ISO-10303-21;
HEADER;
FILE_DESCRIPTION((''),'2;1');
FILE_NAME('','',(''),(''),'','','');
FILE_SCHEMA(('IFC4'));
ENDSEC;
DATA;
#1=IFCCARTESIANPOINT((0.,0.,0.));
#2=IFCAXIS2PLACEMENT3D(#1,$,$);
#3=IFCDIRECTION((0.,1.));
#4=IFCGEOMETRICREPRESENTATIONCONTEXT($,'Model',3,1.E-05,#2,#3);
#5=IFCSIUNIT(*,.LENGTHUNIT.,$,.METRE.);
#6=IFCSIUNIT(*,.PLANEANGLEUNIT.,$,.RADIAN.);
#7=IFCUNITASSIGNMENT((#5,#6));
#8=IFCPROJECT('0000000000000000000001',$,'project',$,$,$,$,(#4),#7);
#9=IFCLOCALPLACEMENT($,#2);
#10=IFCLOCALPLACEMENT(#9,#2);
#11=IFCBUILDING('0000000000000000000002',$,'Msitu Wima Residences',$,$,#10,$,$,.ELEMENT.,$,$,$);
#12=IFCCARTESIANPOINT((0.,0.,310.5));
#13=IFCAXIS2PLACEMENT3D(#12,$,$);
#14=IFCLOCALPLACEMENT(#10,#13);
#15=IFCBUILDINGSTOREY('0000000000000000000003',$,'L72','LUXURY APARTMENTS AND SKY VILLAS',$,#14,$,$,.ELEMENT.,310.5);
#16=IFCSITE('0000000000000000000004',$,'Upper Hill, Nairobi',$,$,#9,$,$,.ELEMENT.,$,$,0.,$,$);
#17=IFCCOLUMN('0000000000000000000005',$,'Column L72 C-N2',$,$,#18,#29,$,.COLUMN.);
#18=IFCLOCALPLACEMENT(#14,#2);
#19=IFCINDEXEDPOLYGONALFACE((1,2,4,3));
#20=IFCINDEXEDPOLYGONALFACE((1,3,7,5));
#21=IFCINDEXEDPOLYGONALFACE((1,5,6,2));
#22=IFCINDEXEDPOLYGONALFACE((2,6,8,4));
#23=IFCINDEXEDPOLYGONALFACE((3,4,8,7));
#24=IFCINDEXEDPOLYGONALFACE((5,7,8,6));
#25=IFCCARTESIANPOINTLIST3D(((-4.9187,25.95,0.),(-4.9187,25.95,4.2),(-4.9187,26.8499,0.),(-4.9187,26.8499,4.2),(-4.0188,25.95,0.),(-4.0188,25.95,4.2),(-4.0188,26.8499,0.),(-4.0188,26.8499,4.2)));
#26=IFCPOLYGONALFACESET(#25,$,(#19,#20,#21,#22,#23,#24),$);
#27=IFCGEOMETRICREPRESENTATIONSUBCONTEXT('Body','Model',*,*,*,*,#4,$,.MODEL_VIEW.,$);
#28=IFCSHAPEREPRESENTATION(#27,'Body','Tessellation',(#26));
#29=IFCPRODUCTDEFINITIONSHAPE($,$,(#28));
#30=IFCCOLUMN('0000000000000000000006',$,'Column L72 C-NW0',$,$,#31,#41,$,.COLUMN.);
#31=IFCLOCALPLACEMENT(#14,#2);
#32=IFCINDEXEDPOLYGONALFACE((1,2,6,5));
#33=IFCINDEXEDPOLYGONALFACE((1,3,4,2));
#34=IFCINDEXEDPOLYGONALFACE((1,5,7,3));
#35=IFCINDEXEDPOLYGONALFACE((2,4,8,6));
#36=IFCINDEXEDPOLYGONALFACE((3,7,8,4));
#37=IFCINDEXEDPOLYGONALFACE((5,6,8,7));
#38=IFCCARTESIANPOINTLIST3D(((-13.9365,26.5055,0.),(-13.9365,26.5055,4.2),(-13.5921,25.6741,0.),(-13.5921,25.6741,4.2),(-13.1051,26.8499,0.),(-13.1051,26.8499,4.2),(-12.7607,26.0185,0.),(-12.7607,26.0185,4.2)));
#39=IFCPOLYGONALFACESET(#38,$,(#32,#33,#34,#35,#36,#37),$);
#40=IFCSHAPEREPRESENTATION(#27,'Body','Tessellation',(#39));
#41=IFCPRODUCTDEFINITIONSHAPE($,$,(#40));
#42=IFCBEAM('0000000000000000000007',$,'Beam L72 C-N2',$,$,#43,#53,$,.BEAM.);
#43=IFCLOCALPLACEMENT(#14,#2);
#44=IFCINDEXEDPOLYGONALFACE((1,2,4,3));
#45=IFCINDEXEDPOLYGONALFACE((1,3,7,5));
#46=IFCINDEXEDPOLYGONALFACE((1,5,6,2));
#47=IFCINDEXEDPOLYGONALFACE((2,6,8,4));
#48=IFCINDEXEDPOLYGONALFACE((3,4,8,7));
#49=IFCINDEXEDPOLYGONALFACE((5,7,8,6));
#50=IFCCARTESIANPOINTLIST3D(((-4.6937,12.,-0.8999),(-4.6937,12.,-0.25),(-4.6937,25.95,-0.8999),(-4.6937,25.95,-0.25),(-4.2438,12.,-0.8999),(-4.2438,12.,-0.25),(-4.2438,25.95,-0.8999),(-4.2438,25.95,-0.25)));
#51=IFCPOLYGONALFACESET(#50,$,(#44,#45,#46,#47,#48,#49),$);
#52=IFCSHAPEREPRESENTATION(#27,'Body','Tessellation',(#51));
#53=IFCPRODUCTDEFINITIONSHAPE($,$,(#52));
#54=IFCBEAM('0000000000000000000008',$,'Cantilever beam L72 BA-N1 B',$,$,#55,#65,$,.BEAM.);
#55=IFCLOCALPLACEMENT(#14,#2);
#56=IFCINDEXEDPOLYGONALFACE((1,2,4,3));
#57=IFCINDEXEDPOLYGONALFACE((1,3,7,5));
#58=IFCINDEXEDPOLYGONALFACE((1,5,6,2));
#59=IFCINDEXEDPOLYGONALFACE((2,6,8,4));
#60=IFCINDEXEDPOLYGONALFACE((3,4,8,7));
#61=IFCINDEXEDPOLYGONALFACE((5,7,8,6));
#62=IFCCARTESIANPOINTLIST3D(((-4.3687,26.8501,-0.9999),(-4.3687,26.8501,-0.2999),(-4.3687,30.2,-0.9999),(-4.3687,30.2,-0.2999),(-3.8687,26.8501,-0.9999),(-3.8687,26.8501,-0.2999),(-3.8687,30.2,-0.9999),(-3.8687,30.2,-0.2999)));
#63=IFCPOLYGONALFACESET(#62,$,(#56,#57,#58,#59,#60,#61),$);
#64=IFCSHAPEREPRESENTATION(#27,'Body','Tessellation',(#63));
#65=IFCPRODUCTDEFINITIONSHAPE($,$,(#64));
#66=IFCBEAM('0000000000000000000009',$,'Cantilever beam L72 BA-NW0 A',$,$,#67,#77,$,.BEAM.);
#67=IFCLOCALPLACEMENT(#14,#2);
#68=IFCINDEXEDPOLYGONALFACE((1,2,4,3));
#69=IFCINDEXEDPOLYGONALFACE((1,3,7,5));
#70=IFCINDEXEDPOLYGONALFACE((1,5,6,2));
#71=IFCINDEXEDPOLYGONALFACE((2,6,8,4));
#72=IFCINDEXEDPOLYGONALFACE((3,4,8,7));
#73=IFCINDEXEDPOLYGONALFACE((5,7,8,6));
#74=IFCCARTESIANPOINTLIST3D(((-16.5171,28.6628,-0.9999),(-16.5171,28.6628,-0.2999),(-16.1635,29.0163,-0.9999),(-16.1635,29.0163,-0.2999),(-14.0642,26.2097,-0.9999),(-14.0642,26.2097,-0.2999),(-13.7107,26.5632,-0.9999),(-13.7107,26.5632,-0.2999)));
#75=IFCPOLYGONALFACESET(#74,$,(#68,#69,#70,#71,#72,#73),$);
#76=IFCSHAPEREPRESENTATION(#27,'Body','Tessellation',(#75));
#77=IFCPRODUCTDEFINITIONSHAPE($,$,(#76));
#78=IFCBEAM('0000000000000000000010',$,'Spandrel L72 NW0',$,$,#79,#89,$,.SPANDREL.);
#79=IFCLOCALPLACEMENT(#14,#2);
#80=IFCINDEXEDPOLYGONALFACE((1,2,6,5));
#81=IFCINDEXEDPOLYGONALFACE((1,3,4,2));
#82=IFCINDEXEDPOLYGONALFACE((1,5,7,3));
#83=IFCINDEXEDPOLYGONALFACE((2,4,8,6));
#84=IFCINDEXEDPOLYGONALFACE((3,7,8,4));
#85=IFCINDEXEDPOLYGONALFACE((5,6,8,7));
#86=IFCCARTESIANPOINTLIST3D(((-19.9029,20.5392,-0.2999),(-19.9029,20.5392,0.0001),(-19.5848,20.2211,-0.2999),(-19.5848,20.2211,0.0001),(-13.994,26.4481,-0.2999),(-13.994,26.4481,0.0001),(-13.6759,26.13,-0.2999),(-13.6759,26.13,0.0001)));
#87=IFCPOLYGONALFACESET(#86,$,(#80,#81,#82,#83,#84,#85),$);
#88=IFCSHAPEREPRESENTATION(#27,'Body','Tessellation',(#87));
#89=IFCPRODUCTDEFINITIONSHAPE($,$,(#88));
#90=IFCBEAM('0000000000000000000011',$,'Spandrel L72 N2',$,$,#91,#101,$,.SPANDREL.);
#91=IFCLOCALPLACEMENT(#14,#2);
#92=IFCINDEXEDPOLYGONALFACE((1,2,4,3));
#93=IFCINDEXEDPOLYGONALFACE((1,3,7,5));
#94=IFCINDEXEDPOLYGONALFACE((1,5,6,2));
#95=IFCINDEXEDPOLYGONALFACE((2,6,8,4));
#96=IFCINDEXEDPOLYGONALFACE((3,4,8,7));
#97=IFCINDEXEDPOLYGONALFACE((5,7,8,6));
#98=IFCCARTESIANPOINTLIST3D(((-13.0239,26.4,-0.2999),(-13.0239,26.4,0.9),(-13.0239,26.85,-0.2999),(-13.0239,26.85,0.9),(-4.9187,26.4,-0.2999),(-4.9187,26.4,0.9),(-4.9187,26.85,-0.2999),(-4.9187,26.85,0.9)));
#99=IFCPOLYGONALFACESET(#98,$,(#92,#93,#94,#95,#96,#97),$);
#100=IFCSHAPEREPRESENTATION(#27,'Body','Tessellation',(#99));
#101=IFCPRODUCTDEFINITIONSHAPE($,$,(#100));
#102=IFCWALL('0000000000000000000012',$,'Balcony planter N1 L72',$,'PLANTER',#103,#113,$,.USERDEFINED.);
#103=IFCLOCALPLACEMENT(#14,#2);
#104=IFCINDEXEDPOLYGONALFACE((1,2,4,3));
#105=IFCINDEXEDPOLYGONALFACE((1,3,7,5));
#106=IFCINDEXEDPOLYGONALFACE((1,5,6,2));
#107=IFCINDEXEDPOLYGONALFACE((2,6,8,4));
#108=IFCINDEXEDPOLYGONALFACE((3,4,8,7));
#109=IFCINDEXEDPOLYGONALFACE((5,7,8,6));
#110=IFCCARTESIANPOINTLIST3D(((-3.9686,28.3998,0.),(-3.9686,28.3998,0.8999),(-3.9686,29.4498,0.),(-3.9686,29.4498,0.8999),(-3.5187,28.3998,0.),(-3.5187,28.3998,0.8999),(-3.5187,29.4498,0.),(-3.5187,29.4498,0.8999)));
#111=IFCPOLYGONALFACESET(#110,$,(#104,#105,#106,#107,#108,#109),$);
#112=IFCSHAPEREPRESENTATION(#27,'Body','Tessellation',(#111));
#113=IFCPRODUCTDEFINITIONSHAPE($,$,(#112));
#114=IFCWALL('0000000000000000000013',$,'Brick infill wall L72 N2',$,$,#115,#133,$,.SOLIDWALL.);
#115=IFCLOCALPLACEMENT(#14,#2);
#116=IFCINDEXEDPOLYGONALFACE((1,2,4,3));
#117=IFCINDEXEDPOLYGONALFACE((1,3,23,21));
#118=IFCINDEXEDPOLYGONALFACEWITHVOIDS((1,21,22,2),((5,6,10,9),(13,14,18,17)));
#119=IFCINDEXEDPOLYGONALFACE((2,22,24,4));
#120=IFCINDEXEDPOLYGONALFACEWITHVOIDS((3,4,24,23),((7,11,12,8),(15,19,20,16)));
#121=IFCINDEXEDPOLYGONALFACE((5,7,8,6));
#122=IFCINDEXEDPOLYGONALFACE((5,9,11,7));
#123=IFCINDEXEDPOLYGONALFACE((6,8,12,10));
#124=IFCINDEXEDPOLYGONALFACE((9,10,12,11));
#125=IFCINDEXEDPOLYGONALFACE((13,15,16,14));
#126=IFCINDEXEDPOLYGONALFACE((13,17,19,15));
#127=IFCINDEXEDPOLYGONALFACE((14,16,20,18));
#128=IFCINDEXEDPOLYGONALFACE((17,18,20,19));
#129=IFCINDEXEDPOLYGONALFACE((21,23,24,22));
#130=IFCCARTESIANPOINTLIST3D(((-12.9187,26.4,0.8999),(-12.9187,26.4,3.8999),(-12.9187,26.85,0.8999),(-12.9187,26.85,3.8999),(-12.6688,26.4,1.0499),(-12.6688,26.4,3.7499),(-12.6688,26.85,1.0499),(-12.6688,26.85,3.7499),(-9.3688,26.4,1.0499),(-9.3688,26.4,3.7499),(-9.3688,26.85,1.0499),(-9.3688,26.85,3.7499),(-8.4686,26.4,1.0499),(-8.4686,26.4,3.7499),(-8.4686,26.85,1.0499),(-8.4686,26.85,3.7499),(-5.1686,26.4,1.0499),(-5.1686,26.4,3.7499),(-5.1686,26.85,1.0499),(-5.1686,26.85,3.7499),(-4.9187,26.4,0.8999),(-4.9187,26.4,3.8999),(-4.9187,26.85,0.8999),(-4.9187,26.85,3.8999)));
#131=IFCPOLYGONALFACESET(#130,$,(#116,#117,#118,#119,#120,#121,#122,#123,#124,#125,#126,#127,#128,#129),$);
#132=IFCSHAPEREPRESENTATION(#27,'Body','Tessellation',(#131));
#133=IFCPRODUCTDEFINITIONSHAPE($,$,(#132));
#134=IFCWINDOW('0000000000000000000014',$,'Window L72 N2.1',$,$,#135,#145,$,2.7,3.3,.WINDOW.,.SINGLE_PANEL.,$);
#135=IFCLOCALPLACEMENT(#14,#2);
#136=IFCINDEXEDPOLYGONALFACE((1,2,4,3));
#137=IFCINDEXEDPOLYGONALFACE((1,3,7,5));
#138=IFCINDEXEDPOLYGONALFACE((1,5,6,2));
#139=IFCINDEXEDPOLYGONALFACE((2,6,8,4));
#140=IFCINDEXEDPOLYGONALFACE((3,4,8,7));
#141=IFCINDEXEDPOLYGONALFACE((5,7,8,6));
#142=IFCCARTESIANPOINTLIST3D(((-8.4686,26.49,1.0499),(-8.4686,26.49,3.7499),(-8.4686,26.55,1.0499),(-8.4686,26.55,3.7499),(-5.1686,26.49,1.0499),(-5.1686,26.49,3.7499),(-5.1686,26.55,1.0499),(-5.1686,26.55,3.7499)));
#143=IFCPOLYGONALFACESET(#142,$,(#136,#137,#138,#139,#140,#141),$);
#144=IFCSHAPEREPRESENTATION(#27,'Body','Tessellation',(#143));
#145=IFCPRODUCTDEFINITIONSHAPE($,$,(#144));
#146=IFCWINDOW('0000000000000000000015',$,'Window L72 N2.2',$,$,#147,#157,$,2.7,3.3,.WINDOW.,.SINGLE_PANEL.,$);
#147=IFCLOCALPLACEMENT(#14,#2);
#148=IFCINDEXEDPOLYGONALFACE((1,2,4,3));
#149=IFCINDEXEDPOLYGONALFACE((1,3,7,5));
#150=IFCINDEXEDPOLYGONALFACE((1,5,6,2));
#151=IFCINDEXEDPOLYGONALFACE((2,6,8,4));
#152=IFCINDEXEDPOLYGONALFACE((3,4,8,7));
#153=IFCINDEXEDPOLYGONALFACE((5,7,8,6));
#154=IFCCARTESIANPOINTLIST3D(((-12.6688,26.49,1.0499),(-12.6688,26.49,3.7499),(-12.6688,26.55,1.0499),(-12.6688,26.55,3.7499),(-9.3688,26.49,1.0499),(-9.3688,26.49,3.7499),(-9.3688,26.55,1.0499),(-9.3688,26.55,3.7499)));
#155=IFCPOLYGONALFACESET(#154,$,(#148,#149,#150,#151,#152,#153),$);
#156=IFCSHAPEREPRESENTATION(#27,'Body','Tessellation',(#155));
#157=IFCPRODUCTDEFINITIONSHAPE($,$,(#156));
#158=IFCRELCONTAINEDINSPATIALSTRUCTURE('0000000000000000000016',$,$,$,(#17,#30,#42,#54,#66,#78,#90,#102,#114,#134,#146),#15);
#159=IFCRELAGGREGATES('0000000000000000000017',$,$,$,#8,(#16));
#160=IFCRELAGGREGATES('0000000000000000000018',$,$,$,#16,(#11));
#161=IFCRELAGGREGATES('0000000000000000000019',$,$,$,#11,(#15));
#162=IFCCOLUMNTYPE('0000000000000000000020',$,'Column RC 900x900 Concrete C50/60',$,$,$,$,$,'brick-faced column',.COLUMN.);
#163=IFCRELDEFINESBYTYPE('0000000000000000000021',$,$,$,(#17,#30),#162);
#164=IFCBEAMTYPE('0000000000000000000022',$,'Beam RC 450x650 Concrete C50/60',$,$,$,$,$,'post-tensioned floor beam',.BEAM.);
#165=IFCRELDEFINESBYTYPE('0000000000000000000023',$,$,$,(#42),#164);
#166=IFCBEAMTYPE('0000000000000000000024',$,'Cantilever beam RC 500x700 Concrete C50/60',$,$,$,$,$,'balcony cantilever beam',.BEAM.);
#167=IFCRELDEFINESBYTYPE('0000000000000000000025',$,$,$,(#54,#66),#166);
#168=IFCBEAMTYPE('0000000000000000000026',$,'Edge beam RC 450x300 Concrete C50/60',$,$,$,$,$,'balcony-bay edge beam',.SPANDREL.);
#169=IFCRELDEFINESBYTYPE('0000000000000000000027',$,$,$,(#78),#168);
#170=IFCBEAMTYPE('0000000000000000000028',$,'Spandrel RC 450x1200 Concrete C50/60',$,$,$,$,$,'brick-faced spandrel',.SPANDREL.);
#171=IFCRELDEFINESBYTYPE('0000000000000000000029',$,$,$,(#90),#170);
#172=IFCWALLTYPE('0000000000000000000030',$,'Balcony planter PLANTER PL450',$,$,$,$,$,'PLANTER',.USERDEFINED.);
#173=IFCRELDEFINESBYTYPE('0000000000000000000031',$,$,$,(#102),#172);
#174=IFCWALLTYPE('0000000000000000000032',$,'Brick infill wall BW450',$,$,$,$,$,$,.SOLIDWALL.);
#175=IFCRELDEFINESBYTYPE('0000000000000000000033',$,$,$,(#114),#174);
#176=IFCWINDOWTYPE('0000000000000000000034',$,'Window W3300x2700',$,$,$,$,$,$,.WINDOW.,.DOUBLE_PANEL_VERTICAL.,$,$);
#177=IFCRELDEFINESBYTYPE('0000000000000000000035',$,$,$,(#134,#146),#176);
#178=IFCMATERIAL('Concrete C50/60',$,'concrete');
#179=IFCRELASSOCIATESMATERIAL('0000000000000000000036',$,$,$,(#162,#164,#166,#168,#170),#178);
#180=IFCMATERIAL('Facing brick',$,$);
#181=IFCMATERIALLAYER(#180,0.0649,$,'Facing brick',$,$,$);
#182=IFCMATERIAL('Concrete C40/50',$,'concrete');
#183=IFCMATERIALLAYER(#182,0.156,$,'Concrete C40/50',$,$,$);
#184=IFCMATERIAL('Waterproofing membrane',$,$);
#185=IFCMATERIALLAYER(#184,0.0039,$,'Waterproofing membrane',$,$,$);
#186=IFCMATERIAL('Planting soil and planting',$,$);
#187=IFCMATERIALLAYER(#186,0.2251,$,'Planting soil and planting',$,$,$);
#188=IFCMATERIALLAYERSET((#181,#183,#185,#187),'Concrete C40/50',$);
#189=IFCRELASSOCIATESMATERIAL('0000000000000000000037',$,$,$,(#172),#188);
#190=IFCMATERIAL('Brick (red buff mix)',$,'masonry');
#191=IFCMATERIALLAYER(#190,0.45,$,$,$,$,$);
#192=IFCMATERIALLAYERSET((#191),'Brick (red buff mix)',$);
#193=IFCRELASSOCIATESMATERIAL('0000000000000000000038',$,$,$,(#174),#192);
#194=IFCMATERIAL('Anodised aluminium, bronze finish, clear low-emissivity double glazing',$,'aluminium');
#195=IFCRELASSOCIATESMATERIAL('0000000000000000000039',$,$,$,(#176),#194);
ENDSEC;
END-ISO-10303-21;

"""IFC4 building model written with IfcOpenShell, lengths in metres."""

from ifc_helpers import new_model, si_unit, direction, frame, frame_2d, origin, origin_2d, place, context, subcontext, project, spatial, rectangle, extrude, material, layer, layer_set, material_profile, profile_set, type_object, element, fill, save


model = new_model("IFC4")

# Units and contexts
model_context = context("Model", 3, precision=1e-05, world=origin(), true_north=direction((0.0, 1.0)))
body_context = subcontext(model_context, "Body", "Model", "MODEL_VIEW")
ifc_project = project(units=[si_unit("LENGTHUNIT", "METRE"), si_unit("PLANEANGLEUNIT", "RADIAN")], contexts=[model_context])

# Site, building, storey
site_placement = place(None, origin())
site = spatial("IfcSite", under=ifc_project, at=site_placement, Name="Upper Hill, Nairobi", CompositionType="ELEMENT", RefElevation=0.0)
building_placement = place(site_placement, origin())
building = spatial("IfcBuilding", under=site, at=building_placement, Name="Msitu Wima Residences", CompositionType="ELEMENT")
storey_placement = place(building_placement, frame((0.0, 0.0, 310.5)))
storey = spatial("IfcBuildingStorey", under=building, at=storey_placement, Name="L72", Description="LUXURY APARTMENTS AND SKY VILLAS", CompositionType="ELEMENT", Elevation=310.5)

# Columns
ifc_material_1 = material(Name="Concrete C50/60", Category="concrete")
ifc_material_profile_1 = material_profile(ifc_material_1, rectangle(XDim=0.8999, YDim=0.8999, at=origin_2d()), Name="RC 900x900")
ifc_profile_set_1 = profile_set([ifc_material_profile_1], Name="Concrete C50/60")
column_type = type_object("IfcColumnType", Name="Column RC 900x900 Concrete C50/60", ElementType="brick-faced column", PredefinedType="COLUMN", material=ifc_profile_set_1)
for number, where, z_axis, x_axis, name in (
    (1, (-4.4688, 26.3999, 0.0), (0.0, 0.0, 1.0), (-1.0, 0.0, 0.0), "Column L72 C-N2"),
    (2, (-13.3486, 26.262, 0.0), (0.0, 0.0, 1.0), (-0.92388, -0.382683, 0.0), "Column L72 C-NW0"),
):
    element("IfcColumn", number, at=place(storey_placement, frame(where, z_axis=z_axis, x_axis=x_axis)), inside=storey, type_object=column_type, Name=name, PredefinedType="COLUMN", context=body_context, shape_type="SweptSolid", body=[
        extrude(rectangle(XDim=0.8999, YDim=0.8999, at=origin_2d()), origin(), (0.0, 0.0, 1.0), 4.2),
    ])

# Beams
ifc_material_profile_2 = material_profile(ifc_material_1, rectangle(XDim=0.45, YDim=0.6499, at=origin_2d()), Name="RC 450x650")
ifc_profile_set_2 = profile_set([ifc_material_profile_2], Name="Concrete C50/60")
beam_type_1 = type_object("IfcBeamType", Name="Beam RC 450x650 Concrete C50/60", ElementType="post-tensioned floor beam", PredefinedType="BEAM", material=ifc_profile_set_2)
beam_1_placement = place(storey_placement, frame((-4.4688, 25.95, -0.575), z_axis=(0.0, -1.0, 0.0), x_axis=(1.0, 0.0, 0.0)))
element("IfcBeam", 3, at=beam_1_placement, inside=storey, type_object=beam_type_1, Name="Beam L72 C-N2", PredefinedType="BEAM", context=body_context, shape_type="SweptSolid", body=[
    extrude(rectangle(XDim=0.45, YDim=0.6499, at=origin_2d()), origin(), (0.0, 0.0, 1.0), 13.95),
])
ifc_material_profile_3 = material_profile(ifc_material_1, rectangle(XDim=0.5, YDim=0.7, at=origin_2d()), Name="RC 500x700")
ifc_profile_set_3 = profile_set([ifc_material_profile_3], Name="Concrete C50/60")
beam_type_2 = type_object("IfcBeamType", Name="Cantilever beam RC 500x700 Concrete C50/60", ElementType="balcony cantilever beam", PredefinedType="BEAM", material=ifc_profile_set_3)
beam_2_placement = place(storey_placement, frame((-4.1187, 26.8501, -0.6499), z_axis=(0.0, 1.0, 0.0), x_axis=(-1.0, 0.0, 0.0)))
element("IfcBeam", 4, at=beam_2_placement, inside=storey, type_object=beam_type_2, Name="Cantilever beam L72 BA-N1 B", PredefinedType="BEAM", context=body_context, shape_type="SweptSolid", body=[
    extrude(rectangle(XDim=0.5, YDim=0.7, at=origin_2d()), origin(), (0.0, 0.0, 1.0), 3.3499),
])
beam_3_placement = place(storey_placement, frame((-13.8875, 26.3865, -0.6499), z_axis=(-0.707072, 0.707142, 0.0), x_axis=(-0.707142, -0.707072, 0.0)))
element("IfcBeam", 5, at=beam_3_placement, inside=storey, type_object=beam_type_2, Name="Cantilever beam L72 BA-NW0 A", PredefinedType="BEAM", context=body_context, shape_type="SweptSolid", body=[
    extrude(rectangle(XDim=0.5, YDim=0.7, at=origin_2d()), origin(), (0.0, 0.0, 1.0), 3.469),
])
ifc_material_profile_4 = material_profile(ifc_material_1, rectangle(XDim=0.45, YDim=0.3, at=origin_2d()), Name="RC 450x300")
ifc_profile_set_4 = profile_set([ifc_material_profile_4], Name="Concrete C50/60")
beam_type_3 = type_object("IfcBeamType", Name="Edge beam RC 450x300 Concrete C50/60", ElementType="balcony-bay edge beam", PredefinedType="SPANDREL", material=ifc_profile_set_4)
beam_4_placement = place(storey_placement, frame((-13.835, 26.2891, -0.1499), z_axis=(-0.707107, -0.707107, 0.0), x_axis=(0.707107, -0.707107, 0.0)))
element("IfcBeam", 6, at=beam_4_placement, inside=storey, type_object=beam_type_3, Name="Spandrel L72 NW0", PredefinedType="SPANDREL", context=body_context, shape_type="SweptSolid", body=[
    extrude(rectangle(XDim=0.45, YDim=0.3, at=origin_2d()), origin(), (0.0, 0.0, 1.0), 8.3564),
])
ifc_material_profile_5 = material_profile(ifc_material_1, rectangle(XDim=0.45, YDim=1.2, at=origin_2d()), Name="RC 450x1200")
ifc_profile_set_5 = profile_set([ifc_material_profile_5], Name="Concrete C50/60")
beam_type_4 = type_object("IfcBeamType", Name="Spandrel RC 450x1200 Concrete C50/60", ElementType="brick-faced spandrel", PredefinedType="SPANDREL", material=ifc_profile_set_5)
beam_5_placement = place(storey_placement, frame((-4.9187, 26.625, 0.3), z_axis=(-1.0, 0.0, 0.0), x_axis=(0.0, -1.0, 0.0)))
element("IfcBeam", 7, at=beam_5_placement, inside=storey, type_object=beam_type_4, Name="Spandrel L72 N2", PredefinedType="SPANDREL", context=body_context, shape_type="SweptSolid", body=[
    extrude(rectangle(XDim=0.45, YDim=1.2, at=origin_2d()), origin(), (0.0, 0.0, 1.0), 8.1052),
])

# Wall
ifc_material_2 = material(Name="Facing brick")
ifc_layer_1 = layer(ifc_material_2, 0.0649, Name="Facing brick")
ifc_material_3 = material(Name="Concrete C40/50", Category="concrete")
ifc_layer_2 = layer(ifc_material_3, 0.156, Name="Concrete C40/50")
ifc_material_4 = material(Name="Waterproofing membrane")
ifc_layer_3 = layer(ifc_material_4, 0.0039, Name="Waterproofing membrane")
ifc_material_5 = material(Name="Planting soil and planting")
ifc_layer_4 = layer(ifc_material_5, 0.2251, Name="Planting soil and planting")
ifc_layer_set_1 = layer_set([ifc_layer_1, ifc_layer_2, ifc_layer_3, ifc_layer_4], Name="Concrete C40/50")
wall_type_1 = type_object("IfcWallType", Name="Balcony planter PLANTER PL450", ElementType="PLANTER", PredefinedType="USERDEFINED", material=ifc_layer_set_1)
wall_1_placement = place(storey_placement, frame((-3.7437, 28.3999, 0.0), z_axis=(0.0, 0.0, 1.0), x_axis=(0.0, 1.0, 0.0)))
element("IfcWall", 8, at=wall_1_placement, inside=storey, type_object=wall_type_1, Name="Balcony planter N1 L72", ObjectType="PLANTER", PredefinedType="USERDEFINED", context=body_context, shape_type="SweptSolid", body=[
    extrude(rectangle(XDim=1.05, YDim=0.45, at=frame_2d((0.5249, 0.0))), origin(), (0.0, 0.0, 1.0), 0.8999),
])

# Wall, openings, windows
ifc_material_6 = material(Name="Brick (red buff mix)", Category="masonry")
ifc_layer_5 = layer(ifc_material_6, 0.45)
ifc_layer_set_2 = layer_set([ifc_layer_5], Name="Brick (red buff mix)")
wall_type_2 = type_object("IfcWallType", Name="Brick infill wall BW450", PredefinedType="SOLIDWALL", material=ifc_layer_set_2)
wall_2_placement = place(storey_placement, frame((-4.9187, 26.625, 0.8999), z_axis=(0.0, 0.0, 1.0), x_axis=(-1.0, 0.0, 0.0)))
wall_2 = element("IfcWall", 9, at=wall_2_placement, inside=storey, type_object=wall_type_2, Name="Brick infill wall L72 N2", PredefinedType="SOLIDWALL", context=body_context, shape_type="SweptSolid", body=[
    extrude(rectangle(XDim=8.0, YDim=0.45, at=frame_2d((4.0, 0.0))), origin(), (0.0, 0.0, 1.0), 3.0),
])
opening_1_placement = place(wall_2_placement, frame((0.25, 0.0, 0.1499)))
opening_1 = element("IfcOpeningElement", 10, at=opening_1_placement, cuts=wall_2, PredefinedType="OPENING", context=body_context, shape_type="SweptSolid", body=[
    extrude(rectangle(XDim=3.3, YDim=2.7, at=frame_2d((1.6499, 1.3501))), frame((0.0, 0.2349, 0.0), z_axis=(0.0, -1.0, 0.0), x_axis=(1.0, 0.0, 0.0)), (0.0, 0.0, 1.0), 0.47),
])
opening_2_placement = place(wall_2_placement, frame((4.4502, 0.0, 0.1499)))
opening_2 = element("IfcOpeningElement", 11, at=opening_2_placement, cuts=wall_2, PredefinedType="OPENING", context=body_context, shape_type="SweptSolid", body=[
    extrude(rectangle(XDim=3.3, YDim=2.7, at=frame_2d((1.6499, 1.3501))), frame((0.0, 0.2349, 0.0), z_axis=(0.0, -1.0, 0.0), x_axis=(1.0, 0.0, 0.0)), (0.0, 0.0, 1.0), 0.47),
])
ifc_material_7 = material(Name="Anodised aluminium, bronze finish, clear low-emissivity double glazing", Category="aluminium")
window_type = type_object("IfcWindowType", Name="Window W3300x2700", PartitioningType="DOUBLE_PANEL_VERTICAL", PredefinedType="WINDOW", material=ifc_material_7)
window_1_placement = place(opening_1_placement, origin())
window_1 = element("IfcWindow", 12, at=window_1_placement, inside=storey, type_object=window_type, Name="Window L72 N2.1", OverallHeight=2.7, OverallWidth=3.3, PartitioningType="SINGLE_PANEL", PredefinedType="WINDOW", context=body_context, shape_type="SweptSolid", body=[
    extrude(rectangle(XDim=3.3, YDim=2.7, at=frame_2d((1.6499, 1.3501))), frame((0.0, 0.135, 0.0), z_axis=(0.0, -1.0, 0.0), x_axis=(1.0, 0.0, 0.0)), (0.0, 0.0, 1.0), 0.0601),
])
fill(opening_1, window_1)
window_2_placement = place(opening_2_placement, origin())
window_2 = element("IfcWindow", 13, at=window_2_placement, inside=storey, type_object=window_type, Name="Window L72 N2.2", OverallHeight=2.7, OverallWidth=3.3, PartitioningType="SINGLE_PANEL", PredefinedType="WINDOW", context=body_context, shape_type="SweptSolid", body=[
    extrude(rectangle(XDim=3.3, YDim=2.7, at=frame_2d((1.6499, 1.3501))), frame((0.0, 0.135, 0.0), z_axis=(0.0, -1.0, 0.0), x_axis=(1.0, 0.0, 0.0)), (0.0, 0.0, 1.0), 0.0601),
])
fill(opening_2, window_2)

save(model, "model.ifc")
